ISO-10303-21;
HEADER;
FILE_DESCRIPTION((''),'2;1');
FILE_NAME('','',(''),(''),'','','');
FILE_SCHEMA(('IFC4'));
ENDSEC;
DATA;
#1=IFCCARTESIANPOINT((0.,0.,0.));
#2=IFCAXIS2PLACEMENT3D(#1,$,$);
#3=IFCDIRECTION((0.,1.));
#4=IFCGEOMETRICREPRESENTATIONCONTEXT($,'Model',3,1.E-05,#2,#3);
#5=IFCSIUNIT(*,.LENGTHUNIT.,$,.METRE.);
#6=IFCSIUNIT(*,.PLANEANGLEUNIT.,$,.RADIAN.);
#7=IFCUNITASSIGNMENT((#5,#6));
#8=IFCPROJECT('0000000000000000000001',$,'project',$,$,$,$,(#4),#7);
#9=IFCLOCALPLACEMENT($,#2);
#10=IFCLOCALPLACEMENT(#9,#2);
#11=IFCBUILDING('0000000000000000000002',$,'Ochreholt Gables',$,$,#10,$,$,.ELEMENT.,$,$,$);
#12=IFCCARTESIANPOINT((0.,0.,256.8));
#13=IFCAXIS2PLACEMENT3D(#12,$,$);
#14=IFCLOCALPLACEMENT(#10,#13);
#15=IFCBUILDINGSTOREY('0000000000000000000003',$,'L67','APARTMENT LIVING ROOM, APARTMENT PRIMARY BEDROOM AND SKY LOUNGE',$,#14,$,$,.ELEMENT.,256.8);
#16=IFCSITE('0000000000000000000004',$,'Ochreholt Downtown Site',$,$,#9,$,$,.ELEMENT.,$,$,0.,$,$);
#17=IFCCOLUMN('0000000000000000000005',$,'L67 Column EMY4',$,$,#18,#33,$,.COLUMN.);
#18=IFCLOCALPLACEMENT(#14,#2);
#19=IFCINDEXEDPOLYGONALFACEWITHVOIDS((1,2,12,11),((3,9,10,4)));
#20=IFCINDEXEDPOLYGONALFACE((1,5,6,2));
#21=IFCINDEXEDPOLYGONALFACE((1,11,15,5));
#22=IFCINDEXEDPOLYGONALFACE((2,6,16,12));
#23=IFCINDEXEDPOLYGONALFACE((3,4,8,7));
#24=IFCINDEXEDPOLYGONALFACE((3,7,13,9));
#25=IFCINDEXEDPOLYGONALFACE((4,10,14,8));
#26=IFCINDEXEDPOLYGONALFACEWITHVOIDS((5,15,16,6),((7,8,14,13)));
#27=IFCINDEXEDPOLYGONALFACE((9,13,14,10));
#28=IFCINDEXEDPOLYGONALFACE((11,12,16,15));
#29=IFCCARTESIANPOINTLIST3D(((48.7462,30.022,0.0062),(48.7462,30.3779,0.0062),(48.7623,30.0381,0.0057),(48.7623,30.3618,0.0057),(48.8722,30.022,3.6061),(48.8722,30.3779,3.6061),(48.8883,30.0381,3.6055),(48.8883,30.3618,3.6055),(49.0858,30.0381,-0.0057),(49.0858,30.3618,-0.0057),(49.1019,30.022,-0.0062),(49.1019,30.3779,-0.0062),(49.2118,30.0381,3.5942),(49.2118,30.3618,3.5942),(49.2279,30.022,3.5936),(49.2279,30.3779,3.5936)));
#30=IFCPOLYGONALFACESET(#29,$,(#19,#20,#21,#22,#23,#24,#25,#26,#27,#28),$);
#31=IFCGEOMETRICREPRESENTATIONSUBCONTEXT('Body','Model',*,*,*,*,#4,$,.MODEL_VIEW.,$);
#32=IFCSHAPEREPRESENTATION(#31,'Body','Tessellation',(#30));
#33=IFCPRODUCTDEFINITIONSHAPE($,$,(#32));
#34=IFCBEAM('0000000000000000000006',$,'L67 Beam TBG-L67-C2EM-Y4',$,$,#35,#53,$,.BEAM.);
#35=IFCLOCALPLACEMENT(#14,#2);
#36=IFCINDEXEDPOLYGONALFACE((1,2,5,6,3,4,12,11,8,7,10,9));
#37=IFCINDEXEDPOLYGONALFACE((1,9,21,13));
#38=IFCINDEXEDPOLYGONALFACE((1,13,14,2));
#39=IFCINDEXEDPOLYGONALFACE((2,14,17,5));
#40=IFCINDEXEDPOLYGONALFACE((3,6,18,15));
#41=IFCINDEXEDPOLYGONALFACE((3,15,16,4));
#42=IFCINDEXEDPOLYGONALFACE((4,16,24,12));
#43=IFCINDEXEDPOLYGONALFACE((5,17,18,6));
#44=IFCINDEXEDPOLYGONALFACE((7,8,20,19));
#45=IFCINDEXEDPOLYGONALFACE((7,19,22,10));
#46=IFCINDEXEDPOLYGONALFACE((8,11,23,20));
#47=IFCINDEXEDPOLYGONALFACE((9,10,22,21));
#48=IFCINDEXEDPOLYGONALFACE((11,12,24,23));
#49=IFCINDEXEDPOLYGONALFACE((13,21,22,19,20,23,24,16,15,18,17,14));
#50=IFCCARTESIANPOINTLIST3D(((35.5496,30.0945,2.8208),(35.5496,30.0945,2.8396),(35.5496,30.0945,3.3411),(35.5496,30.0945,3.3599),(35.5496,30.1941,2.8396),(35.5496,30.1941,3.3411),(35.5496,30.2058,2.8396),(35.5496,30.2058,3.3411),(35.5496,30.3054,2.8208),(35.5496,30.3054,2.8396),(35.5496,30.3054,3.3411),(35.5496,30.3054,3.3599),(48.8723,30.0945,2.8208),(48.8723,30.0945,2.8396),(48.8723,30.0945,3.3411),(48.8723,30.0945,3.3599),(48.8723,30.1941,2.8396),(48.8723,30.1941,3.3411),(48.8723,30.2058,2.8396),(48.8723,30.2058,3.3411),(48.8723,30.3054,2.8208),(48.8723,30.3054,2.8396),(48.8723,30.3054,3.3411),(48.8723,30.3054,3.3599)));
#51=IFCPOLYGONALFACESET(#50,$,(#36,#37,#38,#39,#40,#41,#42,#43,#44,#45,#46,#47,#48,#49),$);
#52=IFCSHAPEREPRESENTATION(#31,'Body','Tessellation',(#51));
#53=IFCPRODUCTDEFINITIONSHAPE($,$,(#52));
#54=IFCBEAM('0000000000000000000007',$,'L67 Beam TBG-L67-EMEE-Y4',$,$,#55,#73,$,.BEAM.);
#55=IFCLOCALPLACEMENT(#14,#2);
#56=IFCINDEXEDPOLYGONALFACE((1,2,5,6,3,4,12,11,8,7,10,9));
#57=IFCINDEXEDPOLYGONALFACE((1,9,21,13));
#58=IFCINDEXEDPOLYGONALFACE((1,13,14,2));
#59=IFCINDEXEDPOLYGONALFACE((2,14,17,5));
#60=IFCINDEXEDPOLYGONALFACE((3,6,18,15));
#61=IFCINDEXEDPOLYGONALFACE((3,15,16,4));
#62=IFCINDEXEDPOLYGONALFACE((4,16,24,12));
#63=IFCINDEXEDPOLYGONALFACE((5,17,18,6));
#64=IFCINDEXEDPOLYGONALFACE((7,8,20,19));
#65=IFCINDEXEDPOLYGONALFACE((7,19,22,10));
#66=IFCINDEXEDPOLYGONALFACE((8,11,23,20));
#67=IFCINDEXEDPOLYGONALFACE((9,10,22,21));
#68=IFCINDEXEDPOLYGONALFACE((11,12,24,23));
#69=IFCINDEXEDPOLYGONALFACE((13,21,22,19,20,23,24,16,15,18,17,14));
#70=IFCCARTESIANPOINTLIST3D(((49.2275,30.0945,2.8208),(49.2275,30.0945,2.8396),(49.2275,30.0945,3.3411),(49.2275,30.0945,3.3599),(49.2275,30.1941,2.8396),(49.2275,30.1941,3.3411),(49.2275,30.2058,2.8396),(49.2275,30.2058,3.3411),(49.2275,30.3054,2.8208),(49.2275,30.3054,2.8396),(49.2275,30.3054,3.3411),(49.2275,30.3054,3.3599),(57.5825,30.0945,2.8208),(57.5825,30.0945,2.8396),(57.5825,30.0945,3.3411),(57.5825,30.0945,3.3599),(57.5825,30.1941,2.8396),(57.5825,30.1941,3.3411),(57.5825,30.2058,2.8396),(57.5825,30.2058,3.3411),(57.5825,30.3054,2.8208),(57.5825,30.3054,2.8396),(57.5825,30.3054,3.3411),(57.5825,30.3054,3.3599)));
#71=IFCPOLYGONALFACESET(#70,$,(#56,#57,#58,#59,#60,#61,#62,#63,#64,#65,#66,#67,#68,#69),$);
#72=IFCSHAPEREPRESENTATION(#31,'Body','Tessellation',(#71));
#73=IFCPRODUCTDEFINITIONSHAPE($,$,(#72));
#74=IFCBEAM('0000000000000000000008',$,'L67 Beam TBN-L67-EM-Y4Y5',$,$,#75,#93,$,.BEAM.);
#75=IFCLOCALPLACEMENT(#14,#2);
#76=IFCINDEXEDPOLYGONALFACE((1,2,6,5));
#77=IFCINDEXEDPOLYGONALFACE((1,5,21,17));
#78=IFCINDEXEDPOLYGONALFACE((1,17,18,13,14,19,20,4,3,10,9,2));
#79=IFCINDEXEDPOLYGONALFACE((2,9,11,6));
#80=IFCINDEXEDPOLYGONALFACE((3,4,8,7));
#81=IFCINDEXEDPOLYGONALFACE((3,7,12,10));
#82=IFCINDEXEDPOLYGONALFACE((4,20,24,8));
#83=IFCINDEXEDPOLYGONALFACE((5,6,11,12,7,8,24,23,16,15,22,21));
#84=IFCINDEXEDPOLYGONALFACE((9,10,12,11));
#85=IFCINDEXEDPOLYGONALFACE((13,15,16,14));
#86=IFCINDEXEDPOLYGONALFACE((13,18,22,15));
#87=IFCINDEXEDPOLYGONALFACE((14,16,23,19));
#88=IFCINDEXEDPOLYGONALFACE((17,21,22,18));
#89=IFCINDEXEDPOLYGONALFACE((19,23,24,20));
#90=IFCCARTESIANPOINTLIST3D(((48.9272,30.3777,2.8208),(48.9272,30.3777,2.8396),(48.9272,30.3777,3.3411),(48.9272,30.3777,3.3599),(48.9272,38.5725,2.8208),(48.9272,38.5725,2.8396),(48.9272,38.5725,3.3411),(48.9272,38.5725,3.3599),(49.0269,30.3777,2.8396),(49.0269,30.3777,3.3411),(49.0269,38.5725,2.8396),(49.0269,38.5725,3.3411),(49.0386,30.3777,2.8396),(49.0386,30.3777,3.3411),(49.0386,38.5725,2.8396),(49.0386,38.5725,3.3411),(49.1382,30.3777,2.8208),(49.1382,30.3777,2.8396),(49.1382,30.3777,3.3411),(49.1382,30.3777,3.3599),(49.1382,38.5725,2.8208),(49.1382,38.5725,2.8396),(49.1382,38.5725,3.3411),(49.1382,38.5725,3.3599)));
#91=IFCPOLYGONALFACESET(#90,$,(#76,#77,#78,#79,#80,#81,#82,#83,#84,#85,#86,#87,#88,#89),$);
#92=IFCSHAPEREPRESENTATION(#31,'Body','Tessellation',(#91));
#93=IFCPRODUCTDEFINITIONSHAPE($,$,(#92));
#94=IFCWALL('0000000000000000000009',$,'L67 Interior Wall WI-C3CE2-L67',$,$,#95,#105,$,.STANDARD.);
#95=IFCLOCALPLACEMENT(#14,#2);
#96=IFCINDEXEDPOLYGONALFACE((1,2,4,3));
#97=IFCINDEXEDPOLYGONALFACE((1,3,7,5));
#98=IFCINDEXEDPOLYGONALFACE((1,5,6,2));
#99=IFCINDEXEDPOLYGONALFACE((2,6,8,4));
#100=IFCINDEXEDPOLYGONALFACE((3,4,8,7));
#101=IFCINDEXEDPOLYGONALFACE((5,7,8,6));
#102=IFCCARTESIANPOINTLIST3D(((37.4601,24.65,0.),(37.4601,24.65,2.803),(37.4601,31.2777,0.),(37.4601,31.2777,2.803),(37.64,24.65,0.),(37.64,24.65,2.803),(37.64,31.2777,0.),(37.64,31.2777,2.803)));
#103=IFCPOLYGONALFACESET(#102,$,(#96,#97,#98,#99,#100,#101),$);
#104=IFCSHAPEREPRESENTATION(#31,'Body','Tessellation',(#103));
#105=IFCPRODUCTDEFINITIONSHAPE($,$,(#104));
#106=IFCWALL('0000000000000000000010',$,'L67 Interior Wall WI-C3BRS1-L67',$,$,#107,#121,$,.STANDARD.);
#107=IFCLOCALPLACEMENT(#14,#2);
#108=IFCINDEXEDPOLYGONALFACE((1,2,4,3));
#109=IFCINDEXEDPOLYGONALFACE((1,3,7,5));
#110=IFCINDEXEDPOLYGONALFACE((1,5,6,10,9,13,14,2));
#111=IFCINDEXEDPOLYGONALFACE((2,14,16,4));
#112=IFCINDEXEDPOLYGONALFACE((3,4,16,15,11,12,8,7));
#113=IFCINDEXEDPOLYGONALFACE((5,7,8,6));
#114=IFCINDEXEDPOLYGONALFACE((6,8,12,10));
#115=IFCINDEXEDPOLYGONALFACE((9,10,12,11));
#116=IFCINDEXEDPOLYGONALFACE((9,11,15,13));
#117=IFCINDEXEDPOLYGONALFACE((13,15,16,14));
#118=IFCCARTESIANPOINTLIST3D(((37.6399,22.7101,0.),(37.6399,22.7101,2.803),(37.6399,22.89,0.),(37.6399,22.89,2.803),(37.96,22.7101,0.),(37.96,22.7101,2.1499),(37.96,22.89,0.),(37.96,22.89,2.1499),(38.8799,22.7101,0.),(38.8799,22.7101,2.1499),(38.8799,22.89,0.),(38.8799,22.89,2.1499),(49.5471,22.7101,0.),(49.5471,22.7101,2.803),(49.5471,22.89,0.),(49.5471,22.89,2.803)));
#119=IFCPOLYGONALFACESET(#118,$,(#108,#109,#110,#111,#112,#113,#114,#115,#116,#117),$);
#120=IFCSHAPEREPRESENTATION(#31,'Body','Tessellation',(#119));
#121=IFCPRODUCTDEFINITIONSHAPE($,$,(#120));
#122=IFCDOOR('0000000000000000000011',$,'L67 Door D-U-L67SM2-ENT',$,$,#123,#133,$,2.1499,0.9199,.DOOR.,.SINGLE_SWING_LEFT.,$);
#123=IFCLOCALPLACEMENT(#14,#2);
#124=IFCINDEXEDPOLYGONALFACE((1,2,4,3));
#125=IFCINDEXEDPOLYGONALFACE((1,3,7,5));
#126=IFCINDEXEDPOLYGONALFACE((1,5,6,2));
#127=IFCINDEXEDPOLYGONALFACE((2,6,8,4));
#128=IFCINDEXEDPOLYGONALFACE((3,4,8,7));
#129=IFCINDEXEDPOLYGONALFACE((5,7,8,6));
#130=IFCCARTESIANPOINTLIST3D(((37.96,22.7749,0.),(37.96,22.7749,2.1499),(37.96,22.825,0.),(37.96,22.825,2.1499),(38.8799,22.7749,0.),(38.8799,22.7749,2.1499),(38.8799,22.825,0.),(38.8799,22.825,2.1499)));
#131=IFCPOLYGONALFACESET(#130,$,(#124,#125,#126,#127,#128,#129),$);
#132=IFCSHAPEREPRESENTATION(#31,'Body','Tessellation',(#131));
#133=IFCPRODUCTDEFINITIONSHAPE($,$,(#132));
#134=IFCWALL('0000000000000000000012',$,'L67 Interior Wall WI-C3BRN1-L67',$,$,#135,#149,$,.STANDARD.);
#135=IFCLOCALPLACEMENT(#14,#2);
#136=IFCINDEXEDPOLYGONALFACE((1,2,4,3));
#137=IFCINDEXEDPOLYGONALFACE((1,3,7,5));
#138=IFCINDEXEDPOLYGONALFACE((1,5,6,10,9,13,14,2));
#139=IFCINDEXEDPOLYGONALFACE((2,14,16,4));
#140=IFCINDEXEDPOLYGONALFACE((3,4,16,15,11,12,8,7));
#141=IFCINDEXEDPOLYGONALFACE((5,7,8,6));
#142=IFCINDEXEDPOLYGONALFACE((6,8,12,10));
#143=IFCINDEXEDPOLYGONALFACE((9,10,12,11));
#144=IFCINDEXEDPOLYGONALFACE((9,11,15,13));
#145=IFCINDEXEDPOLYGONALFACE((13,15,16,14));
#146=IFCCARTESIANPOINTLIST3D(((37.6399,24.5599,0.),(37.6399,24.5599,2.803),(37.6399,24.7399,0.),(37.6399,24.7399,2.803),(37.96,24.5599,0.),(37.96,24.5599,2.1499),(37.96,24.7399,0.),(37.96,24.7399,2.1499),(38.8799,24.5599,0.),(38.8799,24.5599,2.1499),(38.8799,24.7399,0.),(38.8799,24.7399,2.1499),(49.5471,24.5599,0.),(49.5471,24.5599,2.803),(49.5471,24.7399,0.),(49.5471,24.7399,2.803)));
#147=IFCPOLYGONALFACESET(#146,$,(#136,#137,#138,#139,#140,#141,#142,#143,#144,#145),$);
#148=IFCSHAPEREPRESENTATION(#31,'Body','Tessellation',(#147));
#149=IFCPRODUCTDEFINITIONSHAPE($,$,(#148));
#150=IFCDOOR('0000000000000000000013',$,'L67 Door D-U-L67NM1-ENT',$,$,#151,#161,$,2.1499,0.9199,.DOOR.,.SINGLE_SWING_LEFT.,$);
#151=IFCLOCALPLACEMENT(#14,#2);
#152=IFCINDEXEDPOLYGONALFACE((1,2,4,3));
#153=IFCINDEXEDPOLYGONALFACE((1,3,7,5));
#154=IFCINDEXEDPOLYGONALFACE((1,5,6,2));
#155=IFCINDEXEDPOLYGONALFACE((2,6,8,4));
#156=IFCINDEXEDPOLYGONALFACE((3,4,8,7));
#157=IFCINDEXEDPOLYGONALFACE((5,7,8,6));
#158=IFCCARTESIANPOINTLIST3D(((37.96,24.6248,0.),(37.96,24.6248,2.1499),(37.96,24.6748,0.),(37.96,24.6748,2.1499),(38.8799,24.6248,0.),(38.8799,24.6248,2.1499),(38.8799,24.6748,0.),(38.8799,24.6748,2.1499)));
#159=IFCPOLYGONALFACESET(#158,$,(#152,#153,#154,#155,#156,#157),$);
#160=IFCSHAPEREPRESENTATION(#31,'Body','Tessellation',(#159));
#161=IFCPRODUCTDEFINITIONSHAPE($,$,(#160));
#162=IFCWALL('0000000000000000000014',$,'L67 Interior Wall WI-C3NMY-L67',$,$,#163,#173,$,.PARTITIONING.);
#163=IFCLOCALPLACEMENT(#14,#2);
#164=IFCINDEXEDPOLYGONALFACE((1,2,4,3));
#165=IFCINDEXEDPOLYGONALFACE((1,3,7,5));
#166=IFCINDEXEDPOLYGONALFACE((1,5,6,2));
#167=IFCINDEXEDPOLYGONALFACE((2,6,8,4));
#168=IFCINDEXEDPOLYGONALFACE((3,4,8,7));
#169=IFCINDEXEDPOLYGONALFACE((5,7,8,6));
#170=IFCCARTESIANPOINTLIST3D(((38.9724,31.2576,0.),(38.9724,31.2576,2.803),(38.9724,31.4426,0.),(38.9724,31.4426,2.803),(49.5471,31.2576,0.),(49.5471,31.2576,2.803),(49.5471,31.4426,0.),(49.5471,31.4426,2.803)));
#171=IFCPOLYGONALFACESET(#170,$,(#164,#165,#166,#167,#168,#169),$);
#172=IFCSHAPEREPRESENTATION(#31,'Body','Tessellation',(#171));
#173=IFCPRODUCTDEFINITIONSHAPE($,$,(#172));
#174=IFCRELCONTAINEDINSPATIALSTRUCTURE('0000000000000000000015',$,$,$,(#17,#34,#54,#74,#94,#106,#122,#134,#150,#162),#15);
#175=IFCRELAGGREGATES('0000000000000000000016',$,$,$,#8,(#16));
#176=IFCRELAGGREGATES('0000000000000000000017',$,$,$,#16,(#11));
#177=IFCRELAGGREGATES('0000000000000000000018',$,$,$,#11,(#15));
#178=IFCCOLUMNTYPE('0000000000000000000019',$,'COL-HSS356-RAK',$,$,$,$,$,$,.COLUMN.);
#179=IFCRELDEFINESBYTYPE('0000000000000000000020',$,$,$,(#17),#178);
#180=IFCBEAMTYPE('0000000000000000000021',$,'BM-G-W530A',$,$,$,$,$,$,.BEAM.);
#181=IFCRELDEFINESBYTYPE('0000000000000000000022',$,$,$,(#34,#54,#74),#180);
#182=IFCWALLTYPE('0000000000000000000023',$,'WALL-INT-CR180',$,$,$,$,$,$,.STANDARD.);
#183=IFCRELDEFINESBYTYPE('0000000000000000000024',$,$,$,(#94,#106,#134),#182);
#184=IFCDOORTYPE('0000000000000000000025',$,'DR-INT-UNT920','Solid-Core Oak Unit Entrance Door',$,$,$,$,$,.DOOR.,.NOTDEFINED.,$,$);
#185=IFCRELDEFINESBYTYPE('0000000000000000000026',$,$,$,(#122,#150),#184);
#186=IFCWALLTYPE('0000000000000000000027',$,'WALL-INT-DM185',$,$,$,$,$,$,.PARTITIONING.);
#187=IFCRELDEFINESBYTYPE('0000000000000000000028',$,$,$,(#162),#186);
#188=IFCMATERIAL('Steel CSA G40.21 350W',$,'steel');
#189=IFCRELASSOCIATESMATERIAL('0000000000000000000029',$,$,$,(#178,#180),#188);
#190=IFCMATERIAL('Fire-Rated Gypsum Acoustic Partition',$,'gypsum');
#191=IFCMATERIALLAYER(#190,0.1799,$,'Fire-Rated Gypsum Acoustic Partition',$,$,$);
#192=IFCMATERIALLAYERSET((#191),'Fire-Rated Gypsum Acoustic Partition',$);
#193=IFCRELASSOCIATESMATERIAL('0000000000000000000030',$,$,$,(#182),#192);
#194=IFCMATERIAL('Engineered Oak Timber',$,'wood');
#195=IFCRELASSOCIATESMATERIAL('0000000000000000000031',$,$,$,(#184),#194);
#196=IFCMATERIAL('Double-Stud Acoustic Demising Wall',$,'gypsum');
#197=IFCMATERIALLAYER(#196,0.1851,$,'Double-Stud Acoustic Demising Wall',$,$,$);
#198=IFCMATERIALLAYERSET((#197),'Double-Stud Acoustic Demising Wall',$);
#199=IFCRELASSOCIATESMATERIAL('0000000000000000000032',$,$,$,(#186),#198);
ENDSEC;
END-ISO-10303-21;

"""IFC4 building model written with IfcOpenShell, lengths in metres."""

from ifc_helpers import new_model, si_unit, direction, frame, frame_2d, origin, origin_2d, place, context, subcontext, project, spatial, rectangle, hollow_rectangle, i_section, extrude, material, layer, layer_set, material_profile, profile_set, type_object, element, fill, save


model = new_model("IFC4")

# Units and contexts
model_context = context("Model", 3, precision=1e-05, world=origin(), true_north=direction((0.0, 1.0)))
body_context = subcontext(model_context, "Body", "Model", "MODEL_VIEW")
ifc_project = project(units=[si_unit("LENGTHUNIT", "METRE"), si_unit("PLANEANGLEUNIT", "RADIAN")], contexts=[model_context])

# Site, building, storey
site_placement = place(None, origin())
site = spatial("IfcSite", under=ifc_project, at=site_placement, Name="Ochreholt Downtown Site", CompositionType="ELEMENT", RefElevation=0.0)
building_placement = place(site_placement, origin())
building = spatial("IfcBuilding", under=site, at=building_placement, Name="Ochreholt Gables", CompositionType="ELEMENT")
storey_placement = place(building_placement, frame((0.0, 0.0, 256.8)))
storey = spatial("IfcBuildingStorey", under=building, at=storey_placement, Name="L67", Description="APARTMENT LIVING ROOM, APARTMENT PRIMARY BEDROOM AND SKY LOUNGE", CompositionType="ELEMENT", Elevation=256.8)

# Column
ifc_material_1 = material(Name="Steel CSA G40.21 350W", Category="steel")
ifc_material_profile_1 = material_profile(ifc_material_1, hollow_rectangle(XDim=0.356, YDim=0.356, WallThickness=0.0161, at=origin_2d()), Name="HSS356X356X16")
ifc_profile_set_1 = profile_set([ifc_material_profile_1], Name="Steel CSA G40.21 350W")
column_type = type_object("IfcColumnType", Name="COL-HSS356-RAK", PredefinedType="COLUMN", material=ifc_profile_set_1)
column_placement = place(storey_placement, frame((48.9241, 30.2, 0.0), z_axis=(0.034974, 0.0, 0.999388), x_axis=(0.0, 1.0, 0.0)))
element("IfcColumn", 1, at=column_placement, inside=storey, type_object=column_type, Name="L67 Column EMY4", PredefinedType="COLUMN", context=body_context, shape_type="SweptSolid", body=[
    extrude(hollow_rectangle(XDim=0.356, YDim=0.356, WallThickness=0.0161, at=origin_2d()), origin(), (0.0, 0.0, 1.0), 3.6021),
])

# Beams
ifc_material_profile_2 = material_profile(ifc_material_1, i_section(OverallWidth=0.2109, OverallDepth=0.5391, WebThickness=0.0117, FlangeThickness=0.0188, at=origin_2d()), Name="W530X109")
ifc_profile_set_2 = profile_set([ifc_material_profile_2], Name="Steel CSA G40.21 350W")
beam_type = type_object("IfcBeamType", Name="BM-G-W530A", PredefinedType="BEAM", material=ifc_profile_set_2)
beam_1_placement = place(storey_placement, frame((35.5496, 30.2, 3.0903), z_axis=(1.0, 0.0, 0.0), x_axis=(0.0, 1.0, 0.0)))
element("IfcBeam", 2, at=beam_1_placement, inside=storey, type_object=beam_type, Name="L67 Beam TBG-L67-C2EM-Y4", PredefinedType="BEAM", context=body_context, shape_type="SweptSolid", body=[
    extrude(i_section(OverallWidth=0.2109, OverallDepth=0.5391, WebThickness=0.0117, FlangeThickness=0.0188, at=origin_2d()), origin(), (0.0, 0.0, 1.0), 13.3228),
])
beam_2_placement = place(storey_placement, frame((49.2275, 30.2, 3.0903), z_axis=(1.0, 0.0, 0.0), x_axis=(0.0, 1.0, 0.0)))
element("IfcBeam", 3, at=beam_2_placement, inside=storey, type_object=beam_type, Name="L67 Beam TBG-L67-EMEE-Y4", PredefinedType="BEAM", context=body_context, shape_type="SweptSolid", body=[
    extrude(i_section(OverallWidth=0.2109, OverallDepth=0.5391, WebThickness=0.0117, FlangeThickness=0.0188, at=origin_2d()), origin(), (0.0, 0.0, 1.0), 8.355),
])
beam_3_placement = place(storey_placement, frame((49.0327, 30.3777, 3.0903), z_axis=(0.0, 1.0, 0.0), x_axis=(-1.0, 0.0, 0.0)))
element("IfcBeam", 4, at=beam_3_placement, inside=storey, type_object=beam_type, Name="L67 Beam TBN-L67-EM-Y4Y5", PredefinedType="BEAM", context=body_context, shape_type="SweptSolid", body=[
    extrude(i_section(OverallWidth=0.2109, OverallDepth=0.5391, WebThickness=0.0117, FlangeThickness=0.0188, at=origin_2d()), origin(), (0.0, 0.0, 1.0), 8.1948),
])

# Wall
ifc_material_2 = material(Name="Fire-Rated Gypsum Acoustic Partition", Category="gypsum")
ifc_layer_1 = layer(ifc_material_2, 0.1799, Name="Fire-Rated Gypsum Acoustic Partition")
ifc_layer_set_1 = layer_set([ifc_layer_1], Name="Fire-Rated Gypsum Acoustic Partition")
wall_type_1 = type_object("IfcWallType", Name="WALL-INT-CR180", PredefinedType="STANDARD", material=ifc_layer_set_1)
wall_1_placement = place(storey_placement, frame((37.55, 24.6499, 0.0), z_axis=(0.0, 0.0, 1.0), x_axis=(0.0, 1.0, 0.0)))
element("IfcWall", 5, at=wall_1_placement, inside=storey, type_object=wall_type_1, Name="L67 Interior Wall WI-C3CE2-L67", PredefinedType="STANDARD", context=body_context, shape_type="SweptSolid", body=[
    extrude(rectangle(XDim=6.6277, YDim=0.1799, at=frame_2d((3.314, 0.0))), origin(), (0.0, 0.0, 1.0), 2.803),
])

# Walls, openings, doors
wall_2_placement = place(storey_placement, frame((37.6399, 22.8, 0.0), z_axis=(0.0, 0.0, 1.0), x_axis=(1.0, 0.0, 0.0)))
wall_2 = element("IfcWall", 6, at=wall_2_placement, inside=storey, type_object=wall_type_1, Name="L67 Interior Wall WI-C3BRS1-L67", PredefinedType="STANDARD", context=body_context, shape_type="SweptSolid", body=[
    extrude(rectangle(XDim=11.9072, YDim=0.1799, at=frame_2d((5.9536, 0.0))), origin(), (0.0, 0.0, 1.0), 2.803),
])
opening_1_placement = place(wall_2_placement, frame((0.3201, 0.0, 0.0)))
opening_1 = element("IfcOpeningElement", 7, at=opening_1_placement, cuts=wall_2, PredefinedType="OPENING", context=body_context, shape_type="SweptSolid", body=[
    extrude(rectangle(XDim=0.9199, YDim=2.1499, at=frame_2d((0.46, 1.075))), frame((0.0, 0.0999, 0.0), z_axis=(0.0, -1.0, 0.0), x_axis=(1.0, 0.0, 0.0)), (0.0, 0.0, 1.0), 0.2),
])
ifc_material_3 = material(Name="Engineered Oak Timber", Category="wood")
door_type_1 = type_object("IfcDoorType", Name="DR-INT-UNT920", Description="Solid-Core Oak Unit Entrance Door", OperationType="NOTDEFINED", PredefinedType="DOOR", material=ifc_material_3)
door_1_placement = place(opening_1_placement, origin())
door_1 = element("IfcDoor", 8, at=door_1_placement, inside=storey, type_object=door_type_1, Name="L67 Door D-U-L67SM2-ENT", OperationType="SINGLE_SWING_LEFT", OverallHeight=2.1499, OverallWidth=0.9199, PredefinedType="DOOR", context=body_context, shape_type="SweptSolid", body=[
    extrude(rectangle(XDim=0.9199, YDim=2.1499, at=frame_2d((0.46, 1.075))), frame((0.0, 0.0249, 0.0), z_axis=(0.0, -1.0, 0.0), x_axis=(1.0, 0.0, 0.0)), (0.0, 0.0, 1.0), 0.05),
])
fill(opening_1, door_1)
wall_3_placement = place(storey_placement, frame((37.6399, 24.6499, 0.0), z_axis=(0.0, 0.0, 1.0), x_axis=(1.0, 0.0, 0.0)))
wall_3 = element("IfcWall", 9, at=wall_3_placement, inside=storey, type_object=wall_type_1, Name="L67 Interior Wall WI-C3BRN1-L67", PredefinedType="STANDARD", context=body_context, shape_type="SweptSolid", body=[
    extrude(rectangle(XDim=11.9072, YDim=0.1799, at=frame_2d((5.9536, 0.0))), origin(), (0.0, 0.0, 1.0), 2.803),
])
opening_2_placement = place(wall_3_placement, frame((0.3201, 0.0, 0.0)))
opening_2 = element("IfcOpeningElement", 10, at=opening_2_placement, cuts=wall_3, PredefinedType="OPENING", context=body_context, shape_type="SweptSolid", body=[
    extrude(rectangle(XDim=0.9199, YDim=2.1499, at=frame_2d((0.46, 1.075))), frame((0.0, 0.0999, 0.0), z_axis=(0.0, -1.0, 0.0), x_axis=(1.0, 0.0, 0.0)), (0.0, 0.0, 1.0), 0.2),
])
door_2_placement = place(opening_2_placement, origin())
door_2 = element("IfcDoor", 11, at=door_2_placement, inside=storey, type_object=door_type_1, Name="L67 Door D-U-L67NM1-ENT", OperationType="SINGLE_SWING_LEFT", OverallHeight=2.1499, OverallWidth=0.9199, PredefinedType="DOOR", context=body_context, shape_type="SweptSolid", body=[
    extrude(rectangle(XDim=0.9199, YDim=2.1499, at=frame_2d((0.46, 1.075))), frame((0.0, 0.0249, 0.0), z_axis=(0.0, -1.0, 0.0), x_axis=(1.0, 0.0, 0.0)), (0.0, 0.0, 1.0), 0.05),
])
fill(opening_2, door_2)

# Wall
ifc_material_4 = material(Name="Double-Stud Acoustic Demising Wall", Category="gypsum")
ifc_layer_2 = layer(ifc_material_4, 0.1851, Name="Double-Stud Acoustic Demising Wall")
ifc_layer_set_2 = layer_set([ifc_layer_2], Name="Double-Stud Acoustic Demising Wall")
wall_type_2 = type_object("IfcWallType", Name="WALL-INT-DM185", PredefinedType="PARTITIONING", material=ifc_layer_set_2)
wall_4_placement = place(storey_placement, frame((38.9724, 31.3501, 0.0), z_axis=(0.0, 0.0, 1.0), x_axis=(1.0, 0.0, 0.0)))
element("IfcWall", 12, at=wall_4_placement, inside=storey, type_object=wall_type_2, Name="L67 Interior Wall WI-C3NMY-L67", PredefinedType="PARTITIONING", context=body_context, shape_type="SweptSolid", body=[
    extrude(rectangle(XDim=10.5747, YDim=0.1851, at=frame_2d((5.2874, 0.0))), origin(), (0.0, 0.0, 1.0), 2.803),
])

save(model, "model.ifc")
